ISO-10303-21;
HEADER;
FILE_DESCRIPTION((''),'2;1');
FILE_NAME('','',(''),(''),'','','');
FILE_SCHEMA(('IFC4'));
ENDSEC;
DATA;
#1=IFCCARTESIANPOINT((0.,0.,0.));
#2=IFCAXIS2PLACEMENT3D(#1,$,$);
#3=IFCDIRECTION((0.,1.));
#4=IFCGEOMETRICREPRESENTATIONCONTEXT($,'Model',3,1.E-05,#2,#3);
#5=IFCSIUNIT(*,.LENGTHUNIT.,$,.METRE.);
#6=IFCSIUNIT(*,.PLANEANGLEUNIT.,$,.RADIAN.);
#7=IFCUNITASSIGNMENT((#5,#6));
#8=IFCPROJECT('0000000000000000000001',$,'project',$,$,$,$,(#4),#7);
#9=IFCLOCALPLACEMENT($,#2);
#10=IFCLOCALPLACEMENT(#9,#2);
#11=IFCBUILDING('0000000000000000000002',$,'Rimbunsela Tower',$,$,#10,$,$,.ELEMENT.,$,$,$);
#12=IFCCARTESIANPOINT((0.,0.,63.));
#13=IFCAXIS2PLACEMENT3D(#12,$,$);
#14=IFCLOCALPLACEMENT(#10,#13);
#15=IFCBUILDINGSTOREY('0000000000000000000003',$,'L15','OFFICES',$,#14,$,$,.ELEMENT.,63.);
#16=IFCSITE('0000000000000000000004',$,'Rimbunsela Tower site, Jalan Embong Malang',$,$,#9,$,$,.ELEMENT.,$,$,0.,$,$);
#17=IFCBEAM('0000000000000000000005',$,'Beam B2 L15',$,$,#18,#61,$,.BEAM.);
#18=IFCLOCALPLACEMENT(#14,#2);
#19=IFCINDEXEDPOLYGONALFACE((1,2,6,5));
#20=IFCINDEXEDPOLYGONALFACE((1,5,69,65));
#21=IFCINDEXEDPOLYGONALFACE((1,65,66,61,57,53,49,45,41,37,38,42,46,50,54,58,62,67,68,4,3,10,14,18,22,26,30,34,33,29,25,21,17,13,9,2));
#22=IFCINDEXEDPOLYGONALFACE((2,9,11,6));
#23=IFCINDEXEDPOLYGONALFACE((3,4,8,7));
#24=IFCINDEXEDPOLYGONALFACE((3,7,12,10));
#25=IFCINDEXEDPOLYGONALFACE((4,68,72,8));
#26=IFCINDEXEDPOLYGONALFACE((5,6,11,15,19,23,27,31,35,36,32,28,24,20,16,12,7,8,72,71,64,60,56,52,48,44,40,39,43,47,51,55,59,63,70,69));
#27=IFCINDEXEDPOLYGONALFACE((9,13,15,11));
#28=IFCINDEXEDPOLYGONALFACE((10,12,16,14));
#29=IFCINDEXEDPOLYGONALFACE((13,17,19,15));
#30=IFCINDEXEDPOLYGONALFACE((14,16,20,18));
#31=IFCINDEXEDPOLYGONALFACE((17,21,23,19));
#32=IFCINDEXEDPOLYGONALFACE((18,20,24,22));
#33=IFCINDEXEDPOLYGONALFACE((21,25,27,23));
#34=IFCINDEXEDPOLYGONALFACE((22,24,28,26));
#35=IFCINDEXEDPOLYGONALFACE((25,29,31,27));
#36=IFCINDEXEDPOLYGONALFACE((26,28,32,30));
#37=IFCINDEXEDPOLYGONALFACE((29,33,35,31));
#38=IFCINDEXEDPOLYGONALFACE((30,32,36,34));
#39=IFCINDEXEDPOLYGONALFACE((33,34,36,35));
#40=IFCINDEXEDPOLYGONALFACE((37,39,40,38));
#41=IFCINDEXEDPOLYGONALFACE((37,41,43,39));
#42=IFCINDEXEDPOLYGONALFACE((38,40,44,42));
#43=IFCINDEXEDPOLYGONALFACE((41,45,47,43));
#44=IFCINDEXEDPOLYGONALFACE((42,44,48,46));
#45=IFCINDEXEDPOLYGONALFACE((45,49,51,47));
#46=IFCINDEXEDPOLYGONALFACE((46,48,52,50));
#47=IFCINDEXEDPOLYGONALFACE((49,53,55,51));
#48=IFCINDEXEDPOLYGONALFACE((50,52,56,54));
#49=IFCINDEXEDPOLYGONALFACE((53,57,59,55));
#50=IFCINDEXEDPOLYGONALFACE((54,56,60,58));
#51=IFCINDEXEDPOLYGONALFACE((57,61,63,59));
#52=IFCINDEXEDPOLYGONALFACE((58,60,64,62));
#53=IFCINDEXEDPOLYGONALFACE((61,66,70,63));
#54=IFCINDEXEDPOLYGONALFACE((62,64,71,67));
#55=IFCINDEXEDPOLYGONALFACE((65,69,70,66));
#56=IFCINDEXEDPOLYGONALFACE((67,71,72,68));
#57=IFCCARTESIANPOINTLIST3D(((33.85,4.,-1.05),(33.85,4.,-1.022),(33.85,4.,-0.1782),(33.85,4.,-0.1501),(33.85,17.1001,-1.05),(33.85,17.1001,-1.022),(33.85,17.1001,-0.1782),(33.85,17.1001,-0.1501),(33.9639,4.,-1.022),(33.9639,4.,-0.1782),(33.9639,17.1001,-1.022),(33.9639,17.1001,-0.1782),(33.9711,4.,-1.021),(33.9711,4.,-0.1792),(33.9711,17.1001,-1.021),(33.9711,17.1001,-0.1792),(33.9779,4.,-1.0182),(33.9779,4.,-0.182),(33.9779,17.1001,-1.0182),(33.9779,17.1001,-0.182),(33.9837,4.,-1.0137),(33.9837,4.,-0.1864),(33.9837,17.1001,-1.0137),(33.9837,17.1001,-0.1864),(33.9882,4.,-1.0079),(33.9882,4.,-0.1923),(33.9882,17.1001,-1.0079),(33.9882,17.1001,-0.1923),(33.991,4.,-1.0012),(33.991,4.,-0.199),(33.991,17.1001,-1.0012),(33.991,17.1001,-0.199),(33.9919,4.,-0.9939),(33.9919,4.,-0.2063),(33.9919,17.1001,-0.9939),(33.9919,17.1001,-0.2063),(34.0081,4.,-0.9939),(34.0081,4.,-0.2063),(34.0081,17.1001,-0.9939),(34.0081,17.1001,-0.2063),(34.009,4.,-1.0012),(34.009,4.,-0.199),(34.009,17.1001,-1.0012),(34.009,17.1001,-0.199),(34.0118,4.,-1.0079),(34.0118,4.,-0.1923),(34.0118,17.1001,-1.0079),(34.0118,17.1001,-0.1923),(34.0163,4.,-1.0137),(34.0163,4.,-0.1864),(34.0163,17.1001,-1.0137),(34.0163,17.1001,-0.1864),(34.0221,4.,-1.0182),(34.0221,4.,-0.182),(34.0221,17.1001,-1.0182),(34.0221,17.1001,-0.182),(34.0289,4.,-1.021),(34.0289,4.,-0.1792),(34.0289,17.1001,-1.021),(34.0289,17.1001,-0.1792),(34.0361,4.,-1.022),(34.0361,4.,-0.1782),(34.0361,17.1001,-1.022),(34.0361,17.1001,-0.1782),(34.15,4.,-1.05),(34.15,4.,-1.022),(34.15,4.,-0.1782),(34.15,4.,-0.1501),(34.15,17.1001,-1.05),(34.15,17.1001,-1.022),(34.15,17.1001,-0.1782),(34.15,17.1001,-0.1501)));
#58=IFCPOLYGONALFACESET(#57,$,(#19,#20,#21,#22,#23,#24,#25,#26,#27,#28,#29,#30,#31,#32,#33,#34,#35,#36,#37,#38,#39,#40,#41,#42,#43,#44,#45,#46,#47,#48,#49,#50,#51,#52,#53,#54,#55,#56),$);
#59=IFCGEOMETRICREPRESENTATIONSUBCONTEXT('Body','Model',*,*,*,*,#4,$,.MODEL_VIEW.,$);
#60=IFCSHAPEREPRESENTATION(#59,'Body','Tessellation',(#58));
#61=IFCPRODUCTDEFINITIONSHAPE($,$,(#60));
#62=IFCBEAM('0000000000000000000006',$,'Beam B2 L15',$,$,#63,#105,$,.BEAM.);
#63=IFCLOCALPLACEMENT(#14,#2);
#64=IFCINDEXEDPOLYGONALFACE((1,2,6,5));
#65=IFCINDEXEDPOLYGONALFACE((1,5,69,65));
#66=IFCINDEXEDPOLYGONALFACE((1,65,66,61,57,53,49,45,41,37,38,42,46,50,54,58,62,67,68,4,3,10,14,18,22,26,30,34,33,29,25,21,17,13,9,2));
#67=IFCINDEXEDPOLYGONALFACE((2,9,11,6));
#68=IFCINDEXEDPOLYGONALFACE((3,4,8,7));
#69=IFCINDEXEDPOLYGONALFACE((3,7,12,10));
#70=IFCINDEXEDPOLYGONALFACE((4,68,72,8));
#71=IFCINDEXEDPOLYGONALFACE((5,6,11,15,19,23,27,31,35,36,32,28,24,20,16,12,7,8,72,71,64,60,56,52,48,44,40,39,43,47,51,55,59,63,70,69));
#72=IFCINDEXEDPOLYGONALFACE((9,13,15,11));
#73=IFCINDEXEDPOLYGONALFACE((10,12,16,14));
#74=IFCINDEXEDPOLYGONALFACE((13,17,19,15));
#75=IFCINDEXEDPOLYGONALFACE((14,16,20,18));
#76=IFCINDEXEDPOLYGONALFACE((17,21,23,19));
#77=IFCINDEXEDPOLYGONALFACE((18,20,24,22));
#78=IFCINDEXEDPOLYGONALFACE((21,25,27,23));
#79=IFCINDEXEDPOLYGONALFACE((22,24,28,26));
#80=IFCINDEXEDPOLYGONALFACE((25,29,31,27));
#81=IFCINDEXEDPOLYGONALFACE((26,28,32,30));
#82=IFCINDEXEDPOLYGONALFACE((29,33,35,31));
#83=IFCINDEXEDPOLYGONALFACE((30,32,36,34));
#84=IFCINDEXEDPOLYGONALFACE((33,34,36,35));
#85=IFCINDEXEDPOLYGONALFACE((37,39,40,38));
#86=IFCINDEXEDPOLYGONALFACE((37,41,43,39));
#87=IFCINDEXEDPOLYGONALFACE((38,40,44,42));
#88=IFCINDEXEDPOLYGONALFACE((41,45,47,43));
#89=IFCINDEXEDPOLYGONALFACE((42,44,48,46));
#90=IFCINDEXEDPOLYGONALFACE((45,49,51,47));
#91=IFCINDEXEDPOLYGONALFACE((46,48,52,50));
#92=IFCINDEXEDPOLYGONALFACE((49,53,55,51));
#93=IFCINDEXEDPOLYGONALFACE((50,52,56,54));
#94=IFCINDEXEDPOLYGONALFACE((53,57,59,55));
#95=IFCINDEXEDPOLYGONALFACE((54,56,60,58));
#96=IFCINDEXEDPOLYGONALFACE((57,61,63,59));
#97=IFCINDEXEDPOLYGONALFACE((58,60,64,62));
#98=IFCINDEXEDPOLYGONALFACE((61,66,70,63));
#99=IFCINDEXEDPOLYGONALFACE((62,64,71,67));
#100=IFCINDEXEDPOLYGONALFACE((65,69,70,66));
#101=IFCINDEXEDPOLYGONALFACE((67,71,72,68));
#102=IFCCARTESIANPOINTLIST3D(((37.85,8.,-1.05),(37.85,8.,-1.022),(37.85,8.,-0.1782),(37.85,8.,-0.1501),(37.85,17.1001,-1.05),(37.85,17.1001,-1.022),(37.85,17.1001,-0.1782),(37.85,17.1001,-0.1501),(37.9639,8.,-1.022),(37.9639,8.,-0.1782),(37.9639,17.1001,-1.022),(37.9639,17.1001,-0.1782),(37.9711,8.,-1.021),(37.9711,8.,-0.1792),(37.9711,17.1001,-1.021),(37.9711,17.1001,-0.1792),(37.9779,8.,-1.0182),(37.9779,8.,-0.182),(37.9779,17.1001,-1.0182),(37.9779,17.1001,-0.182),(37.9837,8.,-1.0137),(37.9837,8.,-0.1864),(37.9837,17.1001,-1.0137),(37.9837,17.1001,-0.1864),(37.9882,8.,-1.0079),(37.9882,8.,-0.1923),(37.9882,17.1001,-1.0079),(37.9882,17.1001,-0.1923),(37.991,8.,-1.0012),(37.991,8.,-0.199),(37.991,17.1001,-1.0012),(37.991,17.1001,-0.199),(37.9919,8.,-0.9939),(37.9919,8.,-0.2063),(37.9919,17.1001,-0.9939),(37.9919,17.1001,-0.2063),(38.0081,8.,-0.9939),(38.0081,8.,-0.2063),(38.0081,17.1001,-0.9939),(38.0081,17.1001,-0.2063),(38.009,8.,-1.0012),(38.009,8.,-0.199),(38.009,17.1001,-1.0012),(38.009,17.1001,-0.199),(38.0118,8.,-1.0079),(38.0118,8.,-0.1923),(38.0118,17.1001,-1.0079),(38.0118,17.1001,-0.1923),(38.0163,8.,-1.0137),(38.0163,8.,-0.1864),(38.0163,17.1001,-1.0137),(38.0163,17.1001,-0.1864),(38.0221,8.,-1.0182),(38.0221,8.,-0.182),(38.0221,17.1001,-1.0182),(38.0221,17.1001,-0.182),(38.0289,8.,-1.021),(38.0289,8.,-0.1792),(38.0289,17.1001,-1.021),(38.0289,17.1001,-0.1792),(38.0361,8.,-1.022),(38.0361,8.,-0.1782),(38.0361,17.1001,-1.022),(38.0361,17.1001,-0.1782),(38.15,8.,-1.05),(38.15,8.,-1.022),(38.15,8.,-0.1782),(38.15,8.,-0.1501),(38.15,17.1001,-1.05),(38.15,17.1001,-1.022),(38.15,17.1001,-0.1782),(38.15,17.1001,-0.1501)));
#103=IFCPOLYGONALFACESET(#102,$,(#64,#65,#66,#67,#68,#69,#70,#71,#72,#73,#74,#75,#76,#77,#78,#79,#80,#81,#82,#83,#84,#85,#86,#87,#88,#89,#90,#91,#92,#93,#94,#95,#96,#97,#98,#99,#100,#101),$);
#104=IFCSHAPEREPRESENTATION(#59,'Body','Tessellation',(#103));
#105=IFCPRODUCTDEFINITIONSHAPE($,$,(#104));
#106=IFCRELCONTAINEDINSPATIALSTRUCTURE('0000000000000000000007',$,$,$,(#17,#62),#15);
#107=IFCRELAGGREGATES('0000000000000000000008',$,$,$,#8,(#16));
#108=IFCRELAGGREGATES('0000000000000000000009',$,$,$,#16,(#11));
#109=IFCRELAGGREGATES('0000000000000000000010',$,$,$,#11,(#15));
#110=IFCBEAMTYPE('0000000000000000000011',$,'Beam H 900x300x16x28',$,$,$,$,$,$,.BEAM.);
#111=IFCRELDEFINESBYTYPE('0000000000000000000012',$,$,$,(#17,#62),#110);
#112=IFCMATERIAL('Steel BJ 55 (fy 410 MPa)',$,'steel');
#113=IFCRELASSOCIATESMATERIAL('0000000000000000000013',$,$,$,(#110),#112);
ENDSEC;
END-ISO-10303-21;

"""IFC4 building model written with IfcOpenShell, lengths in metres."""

from ifc_helpers import new_model, si_unit, direction, frame, origin, origin_2d, place, context, subcontext, project, spatial, i_section, extrude, material, material_profile, profile_set, type_object, element, save


model = new_model("IFC4")

# Units and contexts
model_context = context("Model", 3, precision=1e-05, world=origin(), true_north=direction((0.0, 1.0)))
body_context = subcontext(model_context, "Body", "Model", "MODEL_VIEW")
ifc_project = project(units=[si_unit("LENGTHUNIT", "METRE"), si_unit("PLANEANGLEUNIT", "RADIAN")], contexts=[model_context])

# Site, building, storey
site_placement = place(None, origin())
site = spatial("IfcSite", under=ifc_project, at=site_placement, Name="Rimbunsela Tower site, Jalan Embong Malang", CompositionType="ELEMENT", RefElevation=0.0)
building_placement = place(site_placement, origin())
building = spatial("IfcBuilding", under=site, at=building_placement, Name="Rimbunsela Tower", CompositionType="ELEMENT")
storey_placement = place(building_placement, frame((0.0, 0.0, 63.0)))
storey = spatial("IfcBuildingStorey", under=building, at=storey_placement, Name="L15", Description="OFFICES", CompositionType="ELEMENT", Elevation=63.0)

# Beams
ifc_material_1 = material(Name="Steel BJ 55 (fy 410 MPa)", Category="steel")
ifc_material_profile_1 = material_profile(ifc_material_1, i_section(OverallWidth=0.3, OverallDepth=0.8999, WebThickness=0.0161, FlangeThickness=0.0281, FilletRadius=0.0281, at=origin_2d()), Name="H 900x300x16x28")
ifc_profile_set_1 = profile_set([ifc_material_profile_1], Name="Steel BJ 55 (fy 410 MPa)")
beam_type = type_object("IfcBeamType", Name="Beam H 900x300x16x28", PredefinedType="BEAM", material=ifc_profile_set_1)
beam_1_placement = place(storey_placement, frame((34.0, 4.0, -0.6001), z_axis=(0.0, 1.0, 0.0), x_axis=(-1.0, 0.0, 0.0)))
element("IfcBeam", 1, at=beam_1_placement, inside=storey, type_object=beam_type, Name="Beam B2 L15", PredefinedType="BEAM", context=body_context, shape_type="SweptSolid", body=[
    extrude(i_section(OverallWidth=0.3, OverallDepth=0.8999, WebThickness=0.0161, FlangeThickness=0.0281, FilletRadius=0.0281, at=origin_2d()), origin(), (0.0, 0.0, 1.0), 13.1001),
])
beam_2_placement = place(storey_placement, frame((38.0, 8.0, -0.6001), z_axis=(0.0, 1.0, 0.0), x_axis=(-1.0, 0.0, 0.0)))
element("IfcBeam", 2, at=beam_2_placement, inside=storey, type_object=beam_type, Name="Beam B2 L15", PredefinedType="BEAM", context=body_context, shape_type="SweptSolid", body=[
    extrude(i_section(OverallWidth=0.3, OverallDepth=0.8999, WebThickness=0.0161, FlangeThickness=0.0281, FilletRadius=0.0281, at=origin_2d()), origin(), (0.0, 0.0, 1.0), 9.1001),
])

save(model, "model.ifc")
